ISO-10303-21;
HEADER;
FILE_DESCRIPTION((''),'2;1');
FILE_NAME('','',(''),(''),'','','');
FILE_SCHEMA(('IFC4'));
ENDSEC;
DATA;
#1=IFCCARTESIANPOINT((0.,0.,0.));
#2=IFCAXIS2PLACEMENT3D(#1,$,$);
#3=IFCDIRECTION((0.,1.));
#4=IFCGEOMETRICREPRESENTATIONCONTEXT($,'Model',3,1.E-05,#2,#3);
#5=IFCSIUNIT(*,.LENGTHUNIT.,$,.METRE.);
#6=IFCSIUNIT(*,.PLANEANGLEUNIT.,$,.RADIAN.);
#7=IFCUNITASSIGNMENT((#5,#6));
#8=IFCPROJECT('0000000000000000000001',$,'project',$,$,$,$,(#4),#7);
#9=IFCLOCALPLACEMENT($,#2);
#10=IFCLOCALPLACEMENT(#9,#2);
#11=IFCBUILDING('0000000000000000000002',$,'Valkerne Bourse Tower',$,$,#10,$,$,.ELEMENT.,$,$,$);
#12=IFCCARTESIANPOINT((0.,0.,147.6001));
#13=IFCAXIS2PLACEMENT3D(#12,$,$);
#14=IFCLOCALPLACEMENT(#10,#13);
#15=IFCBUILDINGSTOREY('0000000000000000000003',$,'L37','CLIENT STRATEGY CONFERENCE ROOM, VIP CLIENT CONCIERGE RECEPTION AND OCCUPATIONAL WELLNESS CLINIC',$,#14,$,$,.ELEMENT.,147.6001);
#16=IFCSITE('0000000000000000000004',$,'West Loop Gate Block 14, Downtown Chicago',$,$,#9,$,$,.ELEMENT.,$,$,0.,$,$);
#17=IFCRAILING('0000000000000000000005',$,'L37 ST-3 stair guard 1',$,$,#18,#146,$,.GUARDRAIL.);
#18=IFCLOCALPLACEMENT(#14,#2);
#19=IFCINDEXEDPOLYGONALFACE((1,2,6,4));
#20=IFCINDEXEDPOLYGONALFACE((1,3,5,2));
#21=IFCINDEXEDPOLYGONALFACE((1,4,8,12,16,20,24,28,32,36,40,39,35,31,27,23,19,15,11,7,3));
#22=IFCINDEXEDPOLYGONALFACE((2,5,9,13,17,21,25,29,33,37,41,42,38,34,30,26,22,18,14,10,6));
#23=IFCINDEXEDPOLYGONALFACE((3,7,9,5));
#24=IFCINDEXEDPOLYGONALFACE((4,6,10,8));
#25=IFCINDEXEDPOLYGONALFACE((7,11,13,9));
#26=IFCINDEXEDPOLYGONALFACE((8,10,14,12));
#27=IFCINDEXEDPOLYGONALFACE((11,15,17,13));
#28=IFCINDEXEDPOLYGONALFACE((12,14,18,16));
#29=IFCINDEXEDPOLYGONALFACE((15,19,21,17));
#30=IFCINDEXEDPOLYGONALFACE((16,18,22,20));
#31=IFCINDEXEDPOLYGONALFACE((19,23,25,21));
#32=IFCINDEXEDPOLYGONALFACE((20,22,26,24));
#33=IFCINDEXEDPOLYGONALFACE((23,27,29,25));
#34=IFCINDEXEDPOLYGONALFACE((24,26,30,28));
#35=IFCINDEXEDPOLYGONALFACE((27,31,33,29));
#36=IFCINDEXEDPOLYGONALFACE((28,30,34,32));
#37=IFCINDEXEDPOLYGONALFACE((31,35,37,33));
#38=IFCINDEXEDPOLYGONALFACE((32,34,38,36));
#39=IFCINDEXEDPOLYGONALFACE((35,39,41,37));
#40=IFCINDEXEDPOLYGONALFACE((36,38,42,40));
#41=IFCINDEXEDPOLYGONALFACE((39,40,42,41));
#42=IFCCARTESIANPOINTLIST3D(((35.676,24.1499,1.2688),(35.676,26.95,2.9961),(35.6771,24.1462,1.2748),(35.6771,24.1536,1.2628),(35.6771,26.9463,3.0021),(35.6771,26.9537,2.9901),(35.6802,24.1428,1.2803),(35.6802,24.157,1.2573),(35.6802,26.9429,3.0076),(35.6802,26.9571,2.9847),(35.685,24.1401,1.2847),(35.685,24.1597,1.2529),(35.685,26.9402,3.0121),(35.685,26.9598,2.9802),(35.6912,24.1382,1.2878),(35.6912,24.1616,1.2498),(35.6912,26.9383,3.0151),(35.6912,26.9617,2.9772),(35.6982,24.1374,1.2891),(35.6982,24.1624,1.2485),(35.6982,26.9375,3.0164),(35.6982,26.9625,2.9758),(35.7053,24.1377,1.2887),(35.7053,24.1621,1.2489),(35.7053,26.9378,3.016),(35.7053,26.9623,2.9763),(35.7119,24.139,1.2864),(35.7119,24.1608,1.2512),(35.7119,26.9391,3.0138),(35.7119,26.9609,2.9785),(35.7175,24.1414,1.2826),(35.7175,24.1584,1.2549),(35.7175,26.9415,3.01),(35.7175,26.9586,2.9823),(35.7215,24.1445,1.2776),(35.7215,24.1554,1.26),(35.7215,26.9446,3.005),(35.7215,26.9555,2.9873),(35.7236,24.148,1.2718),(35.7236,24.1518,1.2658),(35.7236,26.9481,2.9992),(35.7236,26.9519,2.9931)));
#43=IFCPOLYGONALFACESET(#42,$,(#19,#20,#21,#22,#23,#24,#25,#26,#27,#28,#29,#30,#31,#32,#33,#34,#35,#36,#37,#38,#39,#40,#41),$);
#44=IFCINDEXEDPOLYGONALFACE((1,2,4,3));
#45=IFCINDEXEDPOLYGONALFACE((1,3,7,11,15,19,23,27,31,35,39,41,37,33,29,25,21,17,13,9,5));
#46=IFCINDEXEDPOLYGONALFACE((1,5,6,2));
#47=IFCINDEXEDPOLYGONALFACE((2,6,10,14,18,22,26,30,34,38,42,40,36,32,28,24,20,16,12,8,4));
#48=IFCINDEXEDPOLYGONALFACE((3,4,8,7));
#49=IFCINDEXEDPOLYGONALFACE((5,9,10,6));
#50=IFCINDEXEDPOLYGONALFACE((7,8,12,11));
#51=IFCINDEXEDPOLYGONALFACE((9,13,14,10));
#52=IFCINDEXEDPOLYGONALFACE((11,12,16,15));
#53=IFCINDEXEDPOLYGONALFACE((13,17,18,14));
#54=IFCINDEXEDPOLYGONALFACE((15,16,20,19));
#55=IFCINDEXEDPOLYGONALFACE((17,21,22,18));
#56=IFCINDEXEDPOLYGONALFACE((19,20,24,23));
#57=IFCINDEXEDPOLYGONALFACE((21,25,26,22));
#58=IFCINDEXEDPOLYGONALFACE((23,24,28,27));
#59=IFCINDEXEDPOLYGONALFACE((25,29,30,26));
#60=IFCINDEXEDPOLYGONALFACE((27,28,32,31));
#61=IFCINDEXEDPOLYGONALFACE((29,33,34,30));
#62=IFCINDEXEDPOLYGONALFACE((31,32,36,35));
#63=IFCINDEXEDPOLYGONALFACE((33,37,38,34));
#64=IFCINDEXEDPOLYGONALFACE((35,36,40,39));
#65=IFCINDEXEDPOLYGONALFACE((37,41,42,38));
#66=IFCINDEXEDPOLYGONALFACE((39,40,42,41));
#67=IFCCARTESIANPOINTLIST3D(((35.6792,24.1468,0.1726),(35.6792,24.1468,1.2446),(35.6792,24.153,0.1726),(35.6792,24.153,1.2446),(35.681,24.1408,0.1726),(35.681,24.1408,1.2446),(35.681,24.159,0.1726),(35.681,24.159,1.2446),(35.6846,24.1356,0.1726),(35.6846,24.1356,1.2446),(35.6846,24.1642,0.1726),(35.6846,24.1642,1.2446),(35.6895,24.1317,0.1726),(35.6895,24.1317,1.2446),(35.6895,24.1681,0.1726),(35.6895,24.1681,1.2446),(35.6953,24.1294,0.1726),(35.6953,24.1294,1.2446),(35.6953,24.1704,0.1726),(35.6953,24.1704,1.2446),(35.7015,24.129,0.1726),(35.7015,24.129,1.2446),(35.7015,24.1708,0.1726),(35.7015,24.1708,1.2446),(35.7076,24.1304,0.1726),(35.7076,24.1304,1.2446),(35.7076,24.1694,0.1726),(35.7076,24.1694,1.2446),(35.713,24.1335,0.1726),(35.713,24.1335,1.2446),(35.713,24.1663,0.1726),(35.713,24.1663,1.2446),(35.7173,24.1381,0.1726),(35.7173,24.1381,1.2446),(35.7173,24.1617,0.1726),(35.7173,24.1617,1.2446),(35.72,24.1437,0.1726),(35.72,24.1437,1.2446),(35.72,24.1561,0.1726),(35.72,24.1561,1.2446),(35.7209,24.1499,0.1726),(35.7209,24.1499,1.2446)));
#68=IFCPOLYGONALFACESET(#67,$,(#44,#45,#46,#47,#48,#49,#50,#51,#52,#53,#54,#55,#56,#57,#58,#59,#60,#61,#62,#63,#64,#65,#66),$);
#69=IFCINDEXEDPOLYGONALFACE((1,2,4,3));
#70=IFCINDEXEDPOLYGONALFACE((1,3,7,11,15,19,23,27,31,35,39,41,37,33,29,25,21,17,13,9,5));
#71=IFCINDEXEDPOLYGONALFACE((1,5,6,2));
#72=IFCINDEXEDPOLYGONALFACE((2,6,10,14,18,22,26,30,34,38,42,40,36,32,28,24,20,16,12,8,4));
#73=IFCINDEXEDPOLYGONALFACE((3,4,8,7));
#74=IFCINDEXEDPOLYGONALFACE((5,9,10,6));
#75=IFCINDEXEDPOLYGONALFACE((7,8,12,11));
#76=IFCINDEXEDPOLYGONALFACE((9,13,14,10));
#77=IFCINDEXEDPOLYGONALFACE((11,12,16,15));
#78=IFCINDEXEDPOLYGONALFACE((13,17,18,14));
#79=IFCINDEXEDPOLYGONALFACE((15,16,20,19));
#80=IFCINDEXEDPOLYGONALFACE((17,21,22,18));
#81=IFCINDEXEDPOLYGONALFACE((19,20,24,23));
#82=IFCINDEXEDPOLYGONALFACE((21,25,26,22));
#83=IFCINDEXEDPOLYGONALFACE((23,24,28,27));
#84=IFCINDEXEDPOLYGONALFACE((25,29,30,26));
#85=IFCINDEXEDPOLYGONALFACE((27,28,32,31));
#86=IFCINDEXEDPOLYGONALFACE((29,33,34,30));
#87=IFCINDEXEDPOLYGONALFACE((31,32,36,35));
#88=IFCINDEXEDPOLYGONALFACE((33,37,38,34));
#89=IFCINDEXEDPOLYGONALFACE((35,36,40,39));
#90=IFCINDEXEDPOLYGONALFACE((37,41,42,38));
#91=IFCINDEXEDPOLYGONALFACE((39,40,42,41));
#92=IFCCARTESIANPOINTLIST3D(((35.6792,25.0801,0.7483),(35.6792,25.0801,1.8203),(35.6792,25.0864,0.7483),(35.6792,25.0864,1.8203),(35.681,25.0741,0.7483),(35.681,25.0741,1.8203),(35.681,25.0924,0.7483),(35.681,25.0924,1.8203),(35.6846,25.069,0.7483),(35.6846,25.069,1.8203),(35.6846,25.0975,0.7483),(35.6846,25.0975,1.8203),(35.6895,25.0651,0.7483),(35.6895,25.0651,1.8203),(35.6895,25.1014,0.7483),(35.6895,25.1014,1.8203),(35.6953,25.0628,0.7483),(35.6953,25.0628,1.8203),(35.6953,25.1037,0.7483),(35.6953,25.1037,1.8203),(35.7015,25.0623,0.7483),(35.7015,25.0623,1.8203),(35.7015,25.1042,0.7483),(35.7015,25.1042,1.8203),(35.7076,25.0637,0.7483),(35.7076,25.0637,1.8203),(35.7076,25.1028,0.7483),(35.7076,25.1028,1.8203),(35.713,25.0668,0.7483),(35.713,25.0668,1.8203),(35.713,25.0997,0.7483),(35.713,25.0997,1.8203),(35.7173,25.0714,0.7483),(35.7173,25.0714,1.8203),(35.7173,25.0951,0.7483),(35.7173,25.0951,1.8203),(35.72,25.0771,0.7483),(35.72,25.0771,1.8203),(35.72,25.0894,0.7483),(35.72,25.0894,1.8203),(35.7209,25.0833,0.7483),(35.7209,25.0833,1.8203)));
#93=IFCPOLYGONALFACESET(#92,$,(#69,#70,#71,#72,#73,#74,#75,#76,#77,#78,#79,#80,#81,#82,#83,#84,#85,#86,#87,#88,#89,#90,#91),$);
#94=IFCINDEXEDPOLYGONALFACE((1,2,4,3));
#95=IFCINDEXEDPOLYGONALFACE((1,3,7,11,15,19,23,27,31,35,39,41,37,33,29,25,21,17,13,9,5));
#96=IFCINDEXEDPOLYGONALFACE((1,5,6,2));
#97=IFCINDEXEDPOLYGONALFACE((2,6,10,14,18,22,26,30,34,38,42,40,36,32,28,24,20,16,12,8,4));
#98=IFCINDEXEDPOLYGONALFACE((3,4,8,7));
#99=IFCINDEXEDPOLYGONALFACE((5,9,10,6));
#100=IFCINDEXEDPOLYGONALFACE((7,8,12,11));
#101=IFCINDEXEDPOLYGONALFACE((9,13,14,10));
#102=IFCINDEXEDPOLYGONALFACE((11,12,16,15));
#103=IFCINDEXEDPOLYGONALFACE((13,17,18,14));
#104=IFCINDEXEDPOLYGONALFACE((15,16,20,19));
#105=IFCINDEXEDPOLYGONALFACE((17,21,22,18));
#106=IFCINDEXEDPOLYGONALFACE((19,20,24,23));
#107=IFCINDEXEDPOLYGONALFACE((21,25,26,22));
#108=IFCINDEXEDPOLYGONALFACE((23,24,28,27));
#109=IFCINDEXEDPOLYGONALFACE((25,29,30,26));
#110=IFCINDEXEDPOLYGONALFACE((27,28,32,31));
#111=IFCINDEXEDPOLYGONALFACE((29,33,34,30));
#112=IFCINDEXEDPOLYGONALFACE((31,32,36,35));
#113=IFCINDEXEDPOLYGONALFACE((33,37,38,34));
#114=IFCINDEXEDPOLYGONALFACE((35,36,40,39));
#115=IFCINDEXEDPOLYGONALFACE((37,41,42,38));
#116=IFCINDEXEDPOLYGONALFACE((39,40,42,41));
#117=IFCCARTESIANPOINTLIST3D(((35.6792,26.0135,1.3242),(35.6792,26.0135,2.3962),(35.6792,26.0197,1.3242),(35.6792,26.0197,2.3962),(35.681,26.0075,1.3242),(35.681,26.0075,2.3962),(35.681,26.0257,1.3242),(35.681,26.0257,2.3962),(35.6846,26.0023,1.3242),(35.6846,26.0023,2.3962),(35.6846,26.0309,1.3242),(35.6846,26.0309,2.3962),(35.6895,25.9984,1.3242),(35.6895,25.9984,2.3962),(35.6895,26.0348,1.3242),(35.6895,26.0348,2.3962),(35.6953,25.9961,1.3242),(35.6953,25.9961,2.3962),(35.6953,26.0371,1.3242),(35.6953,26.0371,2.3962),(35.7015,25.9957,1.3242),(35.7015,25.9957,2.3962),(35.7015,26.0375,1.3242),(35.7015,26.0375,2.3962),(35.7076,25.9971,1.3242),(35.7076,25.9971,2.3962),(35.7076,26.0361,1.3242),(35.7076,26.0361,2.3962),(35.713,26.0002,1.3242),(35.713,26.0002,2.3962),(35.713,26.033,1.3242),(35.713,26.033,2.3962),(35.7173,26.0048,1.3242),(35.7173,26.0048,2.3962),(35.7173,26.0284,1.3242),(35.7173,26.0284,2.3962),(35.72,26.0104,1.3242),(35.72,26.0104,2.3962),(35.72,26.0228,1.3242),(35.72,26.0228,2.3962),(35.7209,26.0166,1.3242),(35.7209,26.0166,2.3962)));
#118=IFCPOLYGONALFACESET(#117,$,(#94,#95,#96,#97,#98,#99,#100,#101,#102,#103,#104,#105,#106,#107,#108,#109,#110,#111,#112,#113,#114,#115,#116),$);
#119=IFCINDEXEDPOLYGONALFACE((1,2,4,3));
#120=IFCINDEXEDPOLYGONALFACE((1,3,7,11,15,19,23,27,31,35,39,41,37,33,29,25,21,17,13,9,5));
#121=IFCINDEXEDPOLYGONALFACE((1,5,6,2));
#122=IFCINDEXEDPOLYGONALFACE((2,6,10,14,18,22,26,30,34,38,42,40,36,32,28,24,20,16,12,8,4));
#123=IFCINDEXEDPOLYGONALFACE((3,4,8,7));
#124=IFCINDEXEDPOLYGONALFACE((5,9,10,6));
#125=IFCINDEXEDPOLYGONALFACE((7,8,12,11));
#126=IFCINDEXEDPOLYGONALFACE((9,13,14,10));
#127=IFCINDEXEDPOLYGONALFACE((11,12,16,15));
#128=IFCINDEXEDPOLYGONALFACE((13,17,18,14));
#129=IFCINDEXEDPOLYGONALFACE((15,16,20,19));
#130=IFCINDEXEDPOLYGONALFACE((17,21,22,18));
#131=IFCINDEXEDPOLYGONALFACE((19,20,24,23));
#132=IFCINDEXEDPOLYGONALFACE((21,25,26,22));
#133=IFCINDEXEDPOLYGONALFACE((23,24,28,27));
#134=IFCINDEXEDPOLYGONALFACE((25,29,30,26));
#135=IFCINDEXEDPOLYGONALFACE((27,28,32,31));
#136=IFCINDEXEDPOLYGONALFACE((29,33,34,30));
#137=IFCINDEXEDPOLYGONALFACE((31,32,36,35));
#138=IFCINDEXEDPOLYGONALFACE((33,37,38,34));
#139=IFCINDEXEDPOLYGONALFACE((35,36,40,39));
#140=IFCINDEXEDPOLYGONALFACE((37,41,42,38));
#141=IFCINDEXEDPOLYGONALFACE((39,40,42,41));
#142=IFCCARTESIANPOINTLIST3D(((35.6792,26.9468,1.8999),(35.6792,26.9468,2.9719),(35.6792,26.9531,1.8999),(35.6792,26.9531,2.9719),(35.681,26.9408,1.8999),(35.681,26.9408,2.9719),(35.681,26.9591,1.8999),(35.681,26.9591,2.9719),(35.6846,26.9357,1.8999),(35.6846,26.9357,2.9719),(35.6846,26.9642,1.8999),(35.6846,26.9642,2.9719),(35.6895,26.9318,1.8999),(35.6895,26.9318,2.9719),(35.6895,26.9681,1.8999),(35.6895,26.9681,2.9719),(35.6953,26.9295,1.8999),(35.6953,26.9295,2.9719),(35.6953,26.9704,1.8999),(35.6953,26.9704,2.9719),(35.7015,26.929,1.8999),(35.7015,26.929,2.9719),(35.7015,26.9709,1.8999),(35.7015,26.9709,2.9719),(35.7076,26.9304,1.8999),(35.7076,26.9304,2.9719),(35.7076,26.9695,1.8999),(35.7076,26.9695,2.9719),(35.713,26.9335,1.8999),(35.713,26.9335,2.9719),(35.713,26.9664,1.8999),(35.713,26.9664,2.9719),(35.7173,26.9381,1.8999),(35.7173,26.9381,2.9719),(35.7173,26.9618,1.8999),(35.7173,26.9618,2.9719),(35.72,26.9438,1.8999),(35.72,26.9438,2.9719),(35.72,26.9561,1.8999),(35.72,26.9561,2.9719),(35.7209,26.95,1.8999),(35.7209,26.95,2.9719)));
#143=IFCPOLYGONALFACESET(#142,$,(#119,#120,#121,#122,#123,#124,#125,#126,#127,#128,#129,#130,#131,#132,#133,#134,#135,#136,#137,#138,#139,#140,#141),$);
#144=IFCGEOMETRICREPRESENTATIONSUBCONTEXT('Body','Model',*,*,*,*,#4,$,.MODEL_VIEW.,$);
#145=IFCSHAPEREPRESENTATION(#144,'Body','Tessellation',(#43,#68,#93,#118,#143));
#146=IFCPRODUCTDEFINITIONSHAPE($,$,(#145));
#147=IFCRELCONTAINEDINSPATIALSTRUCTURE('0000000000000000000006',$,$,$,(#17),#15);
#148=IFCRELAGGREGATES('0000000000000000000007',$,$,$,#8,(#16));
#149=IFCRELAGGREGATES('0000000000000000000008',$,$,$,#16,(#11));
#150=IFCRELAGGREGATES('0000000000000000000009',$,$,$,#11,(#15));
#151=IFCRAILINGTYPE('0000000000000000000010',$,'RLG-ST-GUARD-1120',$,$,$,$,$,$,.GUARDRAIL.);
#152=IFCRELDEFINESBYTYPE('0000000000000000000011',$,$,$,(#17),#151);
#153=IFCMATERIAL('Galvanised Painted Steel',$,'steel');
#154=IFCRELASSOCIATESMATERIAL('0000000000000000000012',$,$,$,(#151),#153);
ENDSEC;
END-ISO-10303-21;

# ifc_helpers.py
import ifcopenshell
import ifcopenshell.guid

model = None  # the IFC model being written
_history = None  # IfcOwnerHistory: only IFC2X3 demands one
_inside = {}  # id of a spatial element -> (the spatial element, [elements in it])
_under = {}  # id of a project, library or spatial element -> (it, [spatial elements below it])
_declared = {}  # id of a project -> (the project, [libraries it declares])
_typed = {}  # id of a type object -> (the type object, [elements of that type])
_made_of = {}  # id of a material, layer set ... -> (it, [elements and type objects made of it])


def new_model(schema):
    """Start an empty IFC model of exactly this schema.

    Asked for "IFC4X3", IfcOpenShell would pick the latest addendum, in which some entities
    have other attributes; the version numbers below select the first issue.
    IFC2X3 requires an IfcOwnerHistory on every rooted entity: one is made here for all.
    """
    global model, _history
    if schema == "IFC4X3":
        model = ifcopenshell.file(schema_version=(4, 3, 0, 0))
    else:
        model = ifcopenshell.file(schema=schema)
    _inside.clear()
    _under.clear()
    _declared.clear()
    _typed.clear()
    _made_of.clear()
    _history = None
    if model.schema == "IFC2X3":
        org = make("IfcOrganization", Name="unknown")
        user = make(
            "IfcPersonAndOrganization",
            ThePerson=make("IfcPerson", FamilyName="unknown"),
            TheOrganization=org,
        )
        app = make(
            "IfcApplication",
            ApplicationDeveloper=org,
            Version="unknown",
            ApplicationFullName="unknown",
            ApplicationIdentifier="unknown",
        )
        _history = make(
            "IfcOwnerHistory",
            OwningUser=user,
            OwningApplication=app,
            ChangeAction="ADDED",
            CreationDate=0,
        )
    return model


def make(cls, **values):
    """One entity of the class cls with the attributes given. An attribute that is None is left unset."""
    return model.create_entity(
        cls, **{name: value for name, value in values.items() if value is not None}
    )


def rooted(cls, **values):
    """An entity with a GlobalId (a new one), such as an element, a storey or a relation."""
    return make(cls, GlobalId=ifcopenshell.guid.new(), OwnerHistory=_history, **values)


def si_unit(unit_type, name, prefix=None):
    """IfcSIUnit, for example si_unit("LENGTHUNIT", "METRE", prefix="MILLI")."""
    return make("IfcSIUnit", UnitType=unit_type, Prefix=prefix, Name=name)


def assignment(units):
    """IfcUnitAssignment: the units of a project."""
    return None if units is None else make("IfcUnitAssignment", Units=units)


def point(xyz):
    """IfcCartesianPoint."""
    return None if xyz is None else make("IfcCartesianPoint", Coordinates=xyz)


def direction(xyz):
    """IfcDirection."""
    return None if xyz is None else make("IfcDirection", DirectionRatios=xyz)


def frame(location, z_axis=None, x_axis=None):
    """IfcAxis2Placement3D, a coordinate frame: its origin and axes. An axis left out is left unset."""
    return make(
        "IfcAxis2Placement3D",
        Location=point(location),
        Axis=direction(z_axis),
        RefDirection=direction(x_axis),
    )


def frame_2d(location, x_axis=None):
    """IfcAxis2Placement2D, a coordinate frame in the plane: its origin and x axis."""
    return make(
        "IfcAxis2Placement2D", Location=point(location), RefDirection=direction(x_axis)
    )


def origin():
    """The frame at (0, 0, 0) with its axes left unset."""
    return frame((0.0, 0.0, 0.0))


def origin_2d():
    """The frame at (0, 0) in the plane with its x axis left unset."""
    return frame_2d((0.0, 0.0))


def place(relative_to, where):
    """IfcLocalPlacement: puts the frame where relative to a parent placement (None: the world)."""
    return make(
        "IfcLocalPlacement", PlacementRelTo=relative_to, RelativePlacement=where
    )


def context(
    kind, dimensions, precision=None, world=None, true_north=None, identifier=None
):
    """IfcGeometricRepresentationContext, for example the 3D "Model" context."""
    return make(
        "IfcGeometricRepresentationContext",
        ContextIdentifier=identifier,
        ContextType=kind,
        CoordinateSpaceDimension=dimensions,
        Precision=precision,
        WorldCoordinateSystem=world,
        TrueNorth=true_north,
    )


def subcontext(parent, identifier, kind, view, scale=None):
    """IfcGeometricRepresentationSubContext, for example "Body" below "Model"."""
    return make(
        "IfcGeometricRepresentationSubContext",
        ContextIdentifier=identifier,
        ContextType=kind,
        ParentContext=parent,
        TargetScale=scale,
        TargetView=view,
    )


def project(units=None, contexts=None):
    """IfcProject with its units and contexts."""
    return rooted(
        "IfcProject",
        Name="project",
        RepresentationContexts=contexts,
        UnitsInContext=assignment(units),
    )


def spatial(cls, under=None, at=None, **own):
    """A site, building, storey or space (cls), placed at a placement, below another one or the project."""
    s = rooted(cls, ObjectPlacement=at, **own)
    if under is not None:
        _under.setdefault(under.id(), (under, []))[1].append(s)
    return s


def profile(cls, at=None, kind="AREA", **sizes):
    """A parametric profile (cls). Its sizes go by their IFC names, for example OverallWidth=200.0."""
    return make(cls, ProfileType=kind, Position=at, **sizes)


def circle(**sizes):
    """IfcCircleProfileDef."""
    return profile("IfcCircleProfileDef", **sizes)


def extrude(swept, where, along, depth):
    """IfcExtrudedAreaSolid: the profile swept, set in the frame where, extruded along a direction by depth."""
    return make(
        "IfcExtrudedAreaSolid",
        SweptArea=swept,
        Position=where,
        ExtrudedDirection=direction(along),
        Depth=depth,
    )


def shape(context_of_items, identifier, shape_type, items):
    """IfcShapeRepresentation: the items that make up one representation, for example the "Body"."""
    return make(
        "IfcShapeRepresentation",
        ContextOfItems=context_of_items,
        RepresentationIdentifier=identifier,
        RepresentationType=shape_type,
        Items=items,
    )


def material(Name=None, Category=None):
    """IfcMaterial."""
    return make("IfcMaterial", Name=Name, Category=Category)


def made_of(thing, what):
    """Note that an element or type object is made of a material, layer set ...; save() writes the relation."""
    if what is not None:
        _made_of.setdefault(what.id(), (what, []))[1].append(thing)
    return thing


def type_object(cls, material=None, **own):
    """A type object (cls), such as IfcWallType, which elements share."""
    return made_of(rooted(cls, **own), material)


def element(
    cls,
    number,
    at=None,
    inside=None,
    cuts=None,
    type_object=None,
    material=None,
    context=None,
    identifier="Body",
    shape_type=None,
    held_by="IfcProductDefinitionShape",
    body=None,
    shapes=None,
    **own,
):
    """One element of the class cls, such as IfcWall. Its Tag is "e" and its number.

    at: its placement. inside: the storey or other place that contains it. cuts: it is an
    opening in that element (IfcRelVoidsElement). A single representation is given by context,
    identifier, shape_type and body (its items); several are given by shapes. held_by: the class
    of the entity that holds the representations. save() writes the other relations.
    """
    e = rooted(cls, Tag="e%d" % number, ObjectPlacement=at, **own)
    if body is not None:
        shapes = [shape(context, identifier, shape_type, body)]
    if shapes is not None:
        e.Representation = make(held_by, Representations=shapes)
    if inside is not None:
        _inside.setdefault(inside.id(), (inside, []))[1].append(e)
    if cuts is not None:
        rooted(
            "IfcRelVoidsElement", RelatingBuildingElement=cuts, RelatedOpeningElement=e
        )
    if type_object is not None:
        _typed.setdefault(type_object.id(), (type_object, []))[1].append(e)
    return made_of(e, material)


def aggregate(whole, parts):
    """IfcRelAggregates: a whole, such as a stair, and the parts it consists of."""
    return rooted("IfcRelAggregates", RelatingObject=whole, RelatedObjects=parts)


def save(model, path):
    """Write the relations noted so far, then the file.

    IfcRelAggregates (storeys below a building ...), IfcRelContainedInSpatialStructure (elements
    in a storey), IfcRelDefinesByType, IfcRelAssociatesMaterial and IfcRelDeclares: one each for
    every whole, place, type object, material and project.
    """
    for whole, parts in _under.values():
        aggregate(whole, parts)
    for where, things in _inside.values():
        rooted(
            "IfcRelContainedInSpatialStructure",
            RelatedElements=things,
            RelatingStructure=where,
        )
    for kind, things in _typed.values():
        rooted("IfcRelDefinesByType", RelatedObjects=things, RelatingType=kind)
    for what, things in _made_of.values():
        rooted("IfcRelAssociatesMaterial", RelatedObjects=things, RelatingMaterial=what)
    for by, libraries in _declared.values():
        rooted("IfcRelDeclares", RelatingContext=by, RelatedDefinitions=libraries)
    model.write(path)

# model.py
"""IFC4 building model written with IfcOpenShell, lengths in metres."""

from ifc_helpers import new_model, si_unit, direction, frame, origin, origin_2d, place, context, subcontext, project, spatial, circle, extrude, material, type_object, element, save


model = new_model("IFC4")

# Units and contexts
model_context = context("Model", 3, precision=1e-05, world=origin(), true_north=direction((0.0, 1.0)))
body_context = subcontext(model_context, "Body", "Model", "MODEL_VIEW")
ifc_project = project(units=[si_unit("LENGTHUNIT", "METRE"), si_unit("PLANEANGLEUNIT", "RADIAN")], contexts=[model_context])

# Site, building, storey
site_placement = place(None, origin())
site = spatial("IfcSite", under=ifc_project, at=site_placement, Name="West Loop Gate Block 14, Downtown Chicago", CompositionType="ELEMENT", RefElevation=0.0)
building_placement = place(site_placement, origin())
building = spatial("IfcBuilding", under=site, at=building_placement, Name="Valkerne Bourse Tower", CompositionType="ELEMENT")
storey_placement = place(building_placement, frame((0.0, 0.0, 147.6001)))
storey = spatial("IfcBuildingStorey", under=building, at=storey_placement, Name="L37", Description="CLIENT STRATEGY CONFERENCE ROOM, VIP CLIENT CONCIERGE RECEPTION AND OCCUPATIONAL WELLNESS CLINIC", CompositionType="ELEMENT", Elevation=147.6001)

# Railing
ifc_material_1 = material(Name="Galvanised Painted Steel", Category="steel")
railing_type_1 = type_object("IfcRailingType", Name="RLG-ST-GUARD-1120", PredefinedType="GUARDRAIL", material=ifc_material_1)
railing_1_placement = place(storey_placement, frame((35.7, 24.1499, 0.1726)))
element("IfcRailing", 1, at=railing_1_placement, inside=storey, type_object=railing_type_1, Name="L37 ST-3 stair guard 1", PredefinedType="GUARDRAIL", context=body_context, shape_type="SweptSolid", body=[
    extrude(circle(Radius=0.0239, at=origin_2d()), frame((0.0, 0.0, 1.0962), z_axis=(0.0, 0.85109, 0.52502), x_axis=(-1.0, 0.0, 0.0)), (0.0, 0.0, 1.0), 3.29),
    extrude(circle(Radius=0.021, at=origin_2d()), origin(), (0.0, 0.0, 1.0), 1.072),
    extrude(circle(Radius=0.021, at=origin_2d()), frame((0.0, 0.9333, 0.5757)), (0.0, 0.0, 1.0), 1.072),
    extrude(circle(Radius=0.021, at=origin_2d()), frame((0.0, 1.8667, 1.1516)), (0.0, 0.0, 1.0), 1.072),
    extrude(circle(Radius=0.021, at=origin_2d()), frame((0.0, 2.8, 1.7273)), (0.0, 0.0, 1.0), 1.072),
])

save(model, "model.ifc")
